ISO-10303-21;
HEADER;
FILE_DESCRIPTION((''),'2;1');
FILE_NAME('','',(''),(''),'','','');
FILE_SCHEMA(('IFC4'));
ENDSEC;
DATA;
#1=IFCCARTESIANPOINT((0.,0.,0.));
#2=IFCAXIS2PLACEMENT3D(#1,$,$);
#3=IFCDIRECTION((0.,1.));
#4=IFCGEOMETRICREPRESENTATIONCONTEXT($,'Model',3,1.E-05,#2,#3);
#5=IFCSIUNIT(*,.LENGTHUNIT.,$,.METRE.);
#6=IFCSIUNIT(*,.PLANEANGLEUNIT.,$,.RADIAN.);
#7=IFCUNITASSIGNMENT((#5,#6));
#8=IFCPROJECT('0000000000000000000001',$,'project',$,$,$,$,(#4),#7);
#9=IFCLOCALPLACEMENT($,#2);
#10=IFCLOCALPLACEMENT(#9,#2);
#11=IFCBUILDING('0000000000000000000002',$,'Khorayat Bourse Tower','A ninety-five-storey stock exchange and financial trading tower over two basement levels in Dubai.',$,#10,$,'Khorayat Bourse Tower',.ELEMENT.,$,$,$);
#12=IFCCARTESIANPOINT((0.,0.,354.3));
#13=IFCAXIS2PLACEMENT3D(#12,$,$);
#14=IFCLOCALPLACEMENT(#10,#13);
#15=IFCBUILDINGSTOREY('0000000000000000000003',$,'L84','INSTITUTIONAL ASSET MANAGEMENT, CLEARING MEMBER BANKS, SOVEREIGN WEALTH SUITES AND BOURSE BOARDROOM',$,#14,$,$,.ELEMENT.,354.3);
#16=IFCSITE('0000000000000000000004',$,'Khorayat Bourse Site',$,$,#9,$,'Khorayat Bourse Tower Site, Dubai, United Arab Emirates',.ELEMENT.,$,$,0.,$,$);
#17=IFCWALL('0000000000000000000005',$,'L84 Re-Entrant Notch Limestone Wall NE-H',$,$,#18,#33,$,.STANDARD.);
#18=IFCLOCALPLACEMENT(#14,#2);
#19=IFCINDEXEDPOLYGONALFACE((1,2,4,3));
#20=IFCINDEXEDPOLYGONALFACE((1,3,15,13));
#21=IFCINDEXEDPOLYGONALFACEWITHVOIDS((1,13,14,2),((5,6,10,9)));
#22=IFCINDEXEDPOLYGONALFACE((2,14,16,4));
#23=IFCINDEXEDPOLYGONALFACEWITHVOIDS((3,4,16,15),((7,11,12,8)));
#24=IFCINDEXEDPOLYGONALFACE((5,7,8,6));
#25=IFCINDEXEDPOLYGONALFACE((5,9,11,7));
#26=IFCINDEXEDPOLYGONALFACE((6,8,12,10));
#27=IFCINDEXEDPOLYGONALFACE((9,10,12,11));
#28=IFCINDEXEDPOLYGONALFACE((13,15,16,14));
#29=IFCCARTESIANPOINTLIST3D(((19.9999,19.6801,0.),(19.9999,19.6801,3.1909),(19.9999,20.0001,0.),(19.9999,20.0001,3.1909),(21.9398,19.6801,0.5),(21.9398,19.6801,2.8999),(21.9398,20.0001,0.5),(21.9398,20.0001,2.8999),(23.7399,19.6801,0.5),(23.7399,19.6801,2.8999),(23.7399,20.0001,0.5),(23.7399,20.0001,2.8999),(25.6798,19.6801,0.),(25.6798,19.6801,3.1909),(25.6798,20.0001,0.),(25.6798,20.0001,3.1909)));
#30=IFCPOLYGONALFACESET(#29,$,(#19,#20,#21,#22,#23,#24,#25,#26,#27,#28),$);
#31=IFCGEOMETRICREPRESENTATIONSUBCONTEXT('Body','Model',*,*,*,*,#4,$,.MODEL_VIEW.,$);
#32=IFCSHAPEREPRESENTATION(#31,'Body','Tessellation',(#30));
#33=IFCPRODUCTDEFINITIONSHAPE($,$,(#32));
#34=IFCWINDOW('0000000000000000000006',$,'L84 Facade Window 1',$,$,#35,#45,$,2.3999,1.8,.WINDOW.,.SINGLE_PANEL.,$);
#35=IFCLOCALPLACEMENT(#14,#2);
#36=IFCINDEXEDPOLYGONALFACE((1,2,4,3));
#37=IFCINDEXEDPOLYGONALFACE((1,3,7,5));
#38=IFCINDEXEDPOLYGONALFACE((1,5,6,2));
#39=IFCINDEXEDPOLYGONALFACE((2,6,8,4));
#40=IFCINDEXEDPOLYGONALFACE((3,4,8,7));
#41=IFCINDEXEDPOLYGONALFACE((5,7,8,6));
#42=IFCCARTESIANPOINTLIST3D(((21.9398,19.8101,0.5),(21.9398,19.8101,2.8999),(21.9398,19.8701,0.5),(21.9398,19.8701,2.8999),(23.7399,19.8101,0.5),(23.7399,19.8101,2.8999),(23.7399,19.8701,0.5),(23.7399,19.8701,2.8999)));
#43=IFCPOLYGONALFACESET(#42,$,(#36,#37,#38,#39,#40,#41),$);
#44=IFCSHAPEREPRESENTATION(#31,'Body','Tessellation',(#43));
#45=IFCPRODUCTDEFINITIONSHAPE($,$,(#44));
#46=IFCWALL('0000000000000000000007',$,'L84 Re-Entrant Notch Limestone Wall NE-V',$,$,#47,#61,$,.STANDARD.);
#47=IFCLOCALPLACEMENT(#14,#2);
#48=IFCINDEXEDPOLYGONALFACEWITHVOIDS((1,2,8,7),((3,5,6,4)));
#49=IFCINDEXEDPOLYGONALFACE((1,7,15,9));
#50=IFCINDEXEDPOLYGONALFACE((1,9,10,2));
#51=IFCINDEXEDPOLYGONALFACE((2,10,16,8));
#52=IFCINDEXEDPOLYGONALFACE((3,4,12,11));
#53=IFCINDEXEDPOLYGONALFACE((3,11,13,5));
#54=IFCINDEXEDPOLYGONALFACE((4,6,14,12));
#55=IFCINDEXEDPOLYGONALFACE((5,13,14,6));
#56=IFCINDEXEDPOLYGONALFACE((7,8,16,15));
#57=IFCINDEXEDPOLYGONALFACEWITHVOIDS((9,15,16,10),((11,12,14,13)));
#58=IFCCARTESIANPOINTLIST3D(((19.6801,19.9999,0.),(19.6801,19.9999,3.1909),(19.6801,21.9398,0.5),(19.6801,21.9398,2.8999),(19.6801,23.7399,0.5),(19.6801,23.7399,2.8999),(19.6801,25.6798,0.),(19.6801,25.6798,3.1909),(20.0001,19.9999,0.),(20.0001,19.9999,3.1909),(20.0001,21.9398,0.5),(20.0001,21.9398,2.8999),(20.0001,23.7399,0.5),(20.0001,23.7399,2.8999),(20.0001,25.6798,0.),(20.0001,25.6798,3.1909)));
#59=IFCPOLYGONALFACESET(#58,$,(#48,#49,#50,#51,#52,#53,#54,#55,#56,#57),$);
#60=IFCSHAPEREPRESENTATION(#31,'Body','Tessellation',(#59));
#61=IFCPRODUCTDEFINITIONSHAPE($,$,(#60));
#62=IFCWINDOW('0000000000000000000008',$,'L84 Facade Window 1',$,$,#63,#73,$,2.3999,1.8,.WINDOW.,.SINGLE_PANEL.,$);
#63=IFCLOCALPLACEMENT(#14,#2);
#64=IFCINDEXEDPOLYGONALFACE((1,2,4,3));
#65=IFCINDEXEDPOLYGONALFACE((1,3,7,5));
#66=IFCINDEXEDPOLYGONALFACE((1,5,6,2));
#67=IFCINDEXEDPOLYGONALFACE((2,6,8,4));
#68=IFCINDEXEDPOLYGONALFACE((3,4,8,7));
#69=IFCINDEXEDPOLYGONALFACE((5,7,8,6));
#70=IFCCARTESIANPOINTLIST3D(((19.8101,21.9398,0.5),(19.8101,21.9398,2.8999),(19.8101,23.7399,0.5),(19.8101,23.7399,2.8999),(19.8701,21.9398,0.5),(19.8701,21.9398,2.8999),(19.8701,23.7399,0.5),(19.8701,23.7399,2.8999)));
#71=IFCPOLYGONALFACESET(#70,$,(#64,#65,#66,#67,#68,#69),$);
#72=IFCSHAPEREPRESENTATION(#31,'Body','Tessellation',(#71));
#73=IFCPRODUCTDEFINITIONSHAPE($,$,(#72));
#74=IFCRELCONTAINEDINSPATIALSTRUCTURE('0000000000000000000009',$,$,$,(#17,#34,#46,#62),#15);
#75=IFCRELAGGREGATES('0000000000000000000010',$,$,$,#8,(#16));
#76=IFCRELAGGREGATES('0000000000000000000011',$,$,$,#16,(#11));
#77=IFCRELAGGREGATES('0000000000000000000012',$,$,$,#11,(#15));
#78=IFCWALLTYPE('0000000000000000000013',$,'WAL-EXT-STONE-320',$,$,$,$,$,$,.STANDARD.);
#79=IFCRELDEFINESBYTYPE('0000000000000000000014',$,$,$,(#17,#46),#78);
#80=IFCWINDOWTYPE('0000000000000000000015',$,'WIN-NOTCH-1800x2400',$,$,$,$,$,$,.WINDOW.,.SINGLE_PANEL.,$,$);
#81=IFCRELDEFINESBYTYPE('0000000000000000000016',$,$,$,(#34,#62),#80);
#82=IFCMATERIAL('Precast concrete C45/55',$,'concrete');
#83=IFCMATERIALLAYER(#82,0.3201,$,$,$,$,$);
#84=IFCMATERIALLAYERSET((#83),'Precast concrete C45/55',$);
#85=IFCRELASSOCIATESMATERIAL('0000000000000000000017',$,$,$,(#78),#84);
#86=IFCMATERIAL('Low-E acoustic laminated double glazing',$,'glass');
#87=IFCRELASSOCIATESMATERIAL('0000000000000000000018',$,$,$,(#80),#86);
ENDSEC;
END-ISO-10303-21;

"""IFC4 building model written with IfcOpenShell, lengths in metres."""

from ifc_helpers import new_model, si_unit, direction, frame, frame_2d, origin, place, context, subcontext, project, spatial, rectangle, extrude, source, transform, mapped, material, layer, layer_set, type_object, element, fill, save


model = new_model("IFC4")

# Units and contexts
model_context = context("Model", 3, precision=1e-05, world=origin(), true_north=direction((0.0, 1.0)))
body_context = subcontext(model_context, "Body", "Model", "MODEL_VIEW")
ifc_project = project(units=[si_unit("LENGTHUNIT", "METRE"), si_unit("PLANEANGLEUNIT", "RADIAN")], contexts=[model_context])

# Site, building, storey
site_placement = place(None, origin())
site = spatial("IfcSite", under=ifc_project, at=site_placement, Name="Khorayat Bourse Site", LongName="Khorayat Bourse Tower Site, Dubai, United Arab Emirates", CompositionType="ELEMENT", RefElevation=0.0)
building_placement = place(site_placement, origin())
building = spatial("IfcBuilding", under=site, at=building_placement, Name="Khorayat Bourse Tower", Description="A ninety-five-storey stock exchange and financial trading tower over two basement levels in Dubai.", LongName="Khorayat Bourse Tower", CompositionType="ELEMENT")
storey_placement = place(building_placement, frame((0.0, 0.0, 354.3)))
storey = spatial("IfcBuildingStorey", under=building, at=storey_placement, Name="L84", Description="INSTITUTIONAL ASSET MANAGEMENT, CLEARING MEMBER BANKS, SOVEREIGN WEALTH SUITES AND BOURSE BOARDROOM", CompositionType="ELEMENT", Elevation=354.3)

# Walls, openings, windows
ifc_material_1 = material(Name="Precast concrete C45/55", Category="concrete")
ifc_layer_1 = layer(ifc_material_1, 0.3201)
ifc_layer_set_1 = layer_set([ifc_layer_1], Name="Precast concrete C45/55")
wall_type = type_object("IfcWallType", Name="WAL-EXT-STONE-320", PredefinedType="STANDARD", material=ifc_layer_set_1)
shared_shape_1 = source(origin(), body_context, "Body", "SweptSolid", [
    extrude(rectangle(XDim=5.6799, YDim=0.3201, at=frame_2d((2.8398, 0.0))), origin(), (0.0, 0.0, 1.0), 3.1909),
])
wall_1_placement = place(storey_placement, frame((20.0, 19.8401, 0.0), z_axis=(0.0, 0.0, 1.0), x_axis=(1.0, 0.0, 0.0)))
wall_1 = element("IfcWall", 1, at=wall_1_placement, inside=storey, type_object=wall_type, Name="L84 Re-Entrant Notch Limestone Wall NE-H", PredefinedType="STANDARD", context=body_context, shape_type="MappedRepresentation", body=[
    mapped(shared_shape_1, transform((0.0, 0.0, 0.0), scale=1.0)),
])
shared_shape_2 = source(origin(), body_context, "Body", "SweptSolid", [
    extrude(rectangle(XDim=1.8, YDim=2.3999, at=frame_2d((0.8999, 1.2))), frame((0.0, 0.1699, 0.0), z_axis=(0.0, -1.0, 0.0), x_axis=(1.0, 0.0, 0.0)), (0.0, 0.0, 1.0), 0.3401),
])
opening_1_placement = place(wall_1_placement, frame((1.9399, 0.0, 0.5)))
opening_1 = element("IfcOpeningElement", 2, at=opening_1_placement, cuts=wall_1, PredefinedType="OPENING", context=body_context, shape_type="MappedRepresentation", body=[
    mapped(shared_shape_2, transform((0.0, 0.0, 0.0), scale=1.0)),
])
ifc_material_2 = material(Name="Low-E acoustic laminated double glazing", Category="glass")
window_type = type_object("IfcWindowType", Name="WIN-NOTCH-1800x2400", PartitioningType="SINGLE_PANEL", PredefinedType="WINDOW", material=ifc_material_2)
shared_shape_3 = source(origin(), body_context, "Body", "SweptSolid", [
    extrude(rectangle(XDim=1.8, YDim=2.3999, at=frame_2d((0.8999, 1.2))), frame((0.0, 0.03, 0.0), z_axis=(0.0, -1.0, 0.0), x_axis=(1.0, 0.0, 0.0)), (0.0, 0.0, 1.0), 0.0601),
])
window_1_placement = place(opening_1_placement, origin())
window_1 = element("IfcWindow", 3, at=window_1_placement, inside=storey, type_object=window_type, Name="L84 Facade Window 1", OverallHeight=2.3999, OverallWidth=1.8, PartitioningType="SINGLE_PANEL", PredefinedType="WINDOW", context=body_context, shape_type="MappedRepresentation", body=[
    mapped(shared_shape_3, transform((0.0, 0.0, 0.0), scale=1.0)),
])
fill(opening_1, window_1)
wall_2_placement = place(storey_placement, frame((19.8401, 20.0, 0.0), z_axis=(0.0, 0.0, 1.0), x_axis=(0.0, 1.0, 0.0)))
wall_2 = element("IfcWall", 4, at=wall_2_placement, inside=storey, type_object=wall_type, Name="L84 Re-Entrant Notch Limestone Wall NE-V", PredefinedType="STANDARD", context=body_context, shape_type="MappedRepresentation", body=[
    mapped(shared_shape_1, transform((0.0, 0.0, 0.0), scale=1.0)),
])
opening_2_placement = place(wall_2_placement, frame((1.9399, 0.0, 0.5)))
opening_2 = element("IfcOpeningElement", 5, at=opening_2_placement, cuts=wall_2, PredefinedType="OPENING", context=body_context, shape_type="MappedRepresentation", body=[
    mapped(shared_shape_2, transform((0.0, 0.0, 0.0), scale=1.0)),
])
window_2_placement = place(opening_2_placement, origin())
window_2 = element("IfcWindow", 6, at=window_2_placement, inside=storey, type_object=window_type, Name="L84 Facade Window 1", OverallHeight=2.3999, OverallWidth=1.8, PartitioningType="SINGLE_PANEL", PredefinedType="WINDOW", context=body_context, shape_type="MappedRepresentation", body=[
    mapped(shared_shape_3, transform((0.0, 0.0, 0.0), scale=1.0)),
])
fill(opening_2, window_2)

save(model, "model.ifc")
